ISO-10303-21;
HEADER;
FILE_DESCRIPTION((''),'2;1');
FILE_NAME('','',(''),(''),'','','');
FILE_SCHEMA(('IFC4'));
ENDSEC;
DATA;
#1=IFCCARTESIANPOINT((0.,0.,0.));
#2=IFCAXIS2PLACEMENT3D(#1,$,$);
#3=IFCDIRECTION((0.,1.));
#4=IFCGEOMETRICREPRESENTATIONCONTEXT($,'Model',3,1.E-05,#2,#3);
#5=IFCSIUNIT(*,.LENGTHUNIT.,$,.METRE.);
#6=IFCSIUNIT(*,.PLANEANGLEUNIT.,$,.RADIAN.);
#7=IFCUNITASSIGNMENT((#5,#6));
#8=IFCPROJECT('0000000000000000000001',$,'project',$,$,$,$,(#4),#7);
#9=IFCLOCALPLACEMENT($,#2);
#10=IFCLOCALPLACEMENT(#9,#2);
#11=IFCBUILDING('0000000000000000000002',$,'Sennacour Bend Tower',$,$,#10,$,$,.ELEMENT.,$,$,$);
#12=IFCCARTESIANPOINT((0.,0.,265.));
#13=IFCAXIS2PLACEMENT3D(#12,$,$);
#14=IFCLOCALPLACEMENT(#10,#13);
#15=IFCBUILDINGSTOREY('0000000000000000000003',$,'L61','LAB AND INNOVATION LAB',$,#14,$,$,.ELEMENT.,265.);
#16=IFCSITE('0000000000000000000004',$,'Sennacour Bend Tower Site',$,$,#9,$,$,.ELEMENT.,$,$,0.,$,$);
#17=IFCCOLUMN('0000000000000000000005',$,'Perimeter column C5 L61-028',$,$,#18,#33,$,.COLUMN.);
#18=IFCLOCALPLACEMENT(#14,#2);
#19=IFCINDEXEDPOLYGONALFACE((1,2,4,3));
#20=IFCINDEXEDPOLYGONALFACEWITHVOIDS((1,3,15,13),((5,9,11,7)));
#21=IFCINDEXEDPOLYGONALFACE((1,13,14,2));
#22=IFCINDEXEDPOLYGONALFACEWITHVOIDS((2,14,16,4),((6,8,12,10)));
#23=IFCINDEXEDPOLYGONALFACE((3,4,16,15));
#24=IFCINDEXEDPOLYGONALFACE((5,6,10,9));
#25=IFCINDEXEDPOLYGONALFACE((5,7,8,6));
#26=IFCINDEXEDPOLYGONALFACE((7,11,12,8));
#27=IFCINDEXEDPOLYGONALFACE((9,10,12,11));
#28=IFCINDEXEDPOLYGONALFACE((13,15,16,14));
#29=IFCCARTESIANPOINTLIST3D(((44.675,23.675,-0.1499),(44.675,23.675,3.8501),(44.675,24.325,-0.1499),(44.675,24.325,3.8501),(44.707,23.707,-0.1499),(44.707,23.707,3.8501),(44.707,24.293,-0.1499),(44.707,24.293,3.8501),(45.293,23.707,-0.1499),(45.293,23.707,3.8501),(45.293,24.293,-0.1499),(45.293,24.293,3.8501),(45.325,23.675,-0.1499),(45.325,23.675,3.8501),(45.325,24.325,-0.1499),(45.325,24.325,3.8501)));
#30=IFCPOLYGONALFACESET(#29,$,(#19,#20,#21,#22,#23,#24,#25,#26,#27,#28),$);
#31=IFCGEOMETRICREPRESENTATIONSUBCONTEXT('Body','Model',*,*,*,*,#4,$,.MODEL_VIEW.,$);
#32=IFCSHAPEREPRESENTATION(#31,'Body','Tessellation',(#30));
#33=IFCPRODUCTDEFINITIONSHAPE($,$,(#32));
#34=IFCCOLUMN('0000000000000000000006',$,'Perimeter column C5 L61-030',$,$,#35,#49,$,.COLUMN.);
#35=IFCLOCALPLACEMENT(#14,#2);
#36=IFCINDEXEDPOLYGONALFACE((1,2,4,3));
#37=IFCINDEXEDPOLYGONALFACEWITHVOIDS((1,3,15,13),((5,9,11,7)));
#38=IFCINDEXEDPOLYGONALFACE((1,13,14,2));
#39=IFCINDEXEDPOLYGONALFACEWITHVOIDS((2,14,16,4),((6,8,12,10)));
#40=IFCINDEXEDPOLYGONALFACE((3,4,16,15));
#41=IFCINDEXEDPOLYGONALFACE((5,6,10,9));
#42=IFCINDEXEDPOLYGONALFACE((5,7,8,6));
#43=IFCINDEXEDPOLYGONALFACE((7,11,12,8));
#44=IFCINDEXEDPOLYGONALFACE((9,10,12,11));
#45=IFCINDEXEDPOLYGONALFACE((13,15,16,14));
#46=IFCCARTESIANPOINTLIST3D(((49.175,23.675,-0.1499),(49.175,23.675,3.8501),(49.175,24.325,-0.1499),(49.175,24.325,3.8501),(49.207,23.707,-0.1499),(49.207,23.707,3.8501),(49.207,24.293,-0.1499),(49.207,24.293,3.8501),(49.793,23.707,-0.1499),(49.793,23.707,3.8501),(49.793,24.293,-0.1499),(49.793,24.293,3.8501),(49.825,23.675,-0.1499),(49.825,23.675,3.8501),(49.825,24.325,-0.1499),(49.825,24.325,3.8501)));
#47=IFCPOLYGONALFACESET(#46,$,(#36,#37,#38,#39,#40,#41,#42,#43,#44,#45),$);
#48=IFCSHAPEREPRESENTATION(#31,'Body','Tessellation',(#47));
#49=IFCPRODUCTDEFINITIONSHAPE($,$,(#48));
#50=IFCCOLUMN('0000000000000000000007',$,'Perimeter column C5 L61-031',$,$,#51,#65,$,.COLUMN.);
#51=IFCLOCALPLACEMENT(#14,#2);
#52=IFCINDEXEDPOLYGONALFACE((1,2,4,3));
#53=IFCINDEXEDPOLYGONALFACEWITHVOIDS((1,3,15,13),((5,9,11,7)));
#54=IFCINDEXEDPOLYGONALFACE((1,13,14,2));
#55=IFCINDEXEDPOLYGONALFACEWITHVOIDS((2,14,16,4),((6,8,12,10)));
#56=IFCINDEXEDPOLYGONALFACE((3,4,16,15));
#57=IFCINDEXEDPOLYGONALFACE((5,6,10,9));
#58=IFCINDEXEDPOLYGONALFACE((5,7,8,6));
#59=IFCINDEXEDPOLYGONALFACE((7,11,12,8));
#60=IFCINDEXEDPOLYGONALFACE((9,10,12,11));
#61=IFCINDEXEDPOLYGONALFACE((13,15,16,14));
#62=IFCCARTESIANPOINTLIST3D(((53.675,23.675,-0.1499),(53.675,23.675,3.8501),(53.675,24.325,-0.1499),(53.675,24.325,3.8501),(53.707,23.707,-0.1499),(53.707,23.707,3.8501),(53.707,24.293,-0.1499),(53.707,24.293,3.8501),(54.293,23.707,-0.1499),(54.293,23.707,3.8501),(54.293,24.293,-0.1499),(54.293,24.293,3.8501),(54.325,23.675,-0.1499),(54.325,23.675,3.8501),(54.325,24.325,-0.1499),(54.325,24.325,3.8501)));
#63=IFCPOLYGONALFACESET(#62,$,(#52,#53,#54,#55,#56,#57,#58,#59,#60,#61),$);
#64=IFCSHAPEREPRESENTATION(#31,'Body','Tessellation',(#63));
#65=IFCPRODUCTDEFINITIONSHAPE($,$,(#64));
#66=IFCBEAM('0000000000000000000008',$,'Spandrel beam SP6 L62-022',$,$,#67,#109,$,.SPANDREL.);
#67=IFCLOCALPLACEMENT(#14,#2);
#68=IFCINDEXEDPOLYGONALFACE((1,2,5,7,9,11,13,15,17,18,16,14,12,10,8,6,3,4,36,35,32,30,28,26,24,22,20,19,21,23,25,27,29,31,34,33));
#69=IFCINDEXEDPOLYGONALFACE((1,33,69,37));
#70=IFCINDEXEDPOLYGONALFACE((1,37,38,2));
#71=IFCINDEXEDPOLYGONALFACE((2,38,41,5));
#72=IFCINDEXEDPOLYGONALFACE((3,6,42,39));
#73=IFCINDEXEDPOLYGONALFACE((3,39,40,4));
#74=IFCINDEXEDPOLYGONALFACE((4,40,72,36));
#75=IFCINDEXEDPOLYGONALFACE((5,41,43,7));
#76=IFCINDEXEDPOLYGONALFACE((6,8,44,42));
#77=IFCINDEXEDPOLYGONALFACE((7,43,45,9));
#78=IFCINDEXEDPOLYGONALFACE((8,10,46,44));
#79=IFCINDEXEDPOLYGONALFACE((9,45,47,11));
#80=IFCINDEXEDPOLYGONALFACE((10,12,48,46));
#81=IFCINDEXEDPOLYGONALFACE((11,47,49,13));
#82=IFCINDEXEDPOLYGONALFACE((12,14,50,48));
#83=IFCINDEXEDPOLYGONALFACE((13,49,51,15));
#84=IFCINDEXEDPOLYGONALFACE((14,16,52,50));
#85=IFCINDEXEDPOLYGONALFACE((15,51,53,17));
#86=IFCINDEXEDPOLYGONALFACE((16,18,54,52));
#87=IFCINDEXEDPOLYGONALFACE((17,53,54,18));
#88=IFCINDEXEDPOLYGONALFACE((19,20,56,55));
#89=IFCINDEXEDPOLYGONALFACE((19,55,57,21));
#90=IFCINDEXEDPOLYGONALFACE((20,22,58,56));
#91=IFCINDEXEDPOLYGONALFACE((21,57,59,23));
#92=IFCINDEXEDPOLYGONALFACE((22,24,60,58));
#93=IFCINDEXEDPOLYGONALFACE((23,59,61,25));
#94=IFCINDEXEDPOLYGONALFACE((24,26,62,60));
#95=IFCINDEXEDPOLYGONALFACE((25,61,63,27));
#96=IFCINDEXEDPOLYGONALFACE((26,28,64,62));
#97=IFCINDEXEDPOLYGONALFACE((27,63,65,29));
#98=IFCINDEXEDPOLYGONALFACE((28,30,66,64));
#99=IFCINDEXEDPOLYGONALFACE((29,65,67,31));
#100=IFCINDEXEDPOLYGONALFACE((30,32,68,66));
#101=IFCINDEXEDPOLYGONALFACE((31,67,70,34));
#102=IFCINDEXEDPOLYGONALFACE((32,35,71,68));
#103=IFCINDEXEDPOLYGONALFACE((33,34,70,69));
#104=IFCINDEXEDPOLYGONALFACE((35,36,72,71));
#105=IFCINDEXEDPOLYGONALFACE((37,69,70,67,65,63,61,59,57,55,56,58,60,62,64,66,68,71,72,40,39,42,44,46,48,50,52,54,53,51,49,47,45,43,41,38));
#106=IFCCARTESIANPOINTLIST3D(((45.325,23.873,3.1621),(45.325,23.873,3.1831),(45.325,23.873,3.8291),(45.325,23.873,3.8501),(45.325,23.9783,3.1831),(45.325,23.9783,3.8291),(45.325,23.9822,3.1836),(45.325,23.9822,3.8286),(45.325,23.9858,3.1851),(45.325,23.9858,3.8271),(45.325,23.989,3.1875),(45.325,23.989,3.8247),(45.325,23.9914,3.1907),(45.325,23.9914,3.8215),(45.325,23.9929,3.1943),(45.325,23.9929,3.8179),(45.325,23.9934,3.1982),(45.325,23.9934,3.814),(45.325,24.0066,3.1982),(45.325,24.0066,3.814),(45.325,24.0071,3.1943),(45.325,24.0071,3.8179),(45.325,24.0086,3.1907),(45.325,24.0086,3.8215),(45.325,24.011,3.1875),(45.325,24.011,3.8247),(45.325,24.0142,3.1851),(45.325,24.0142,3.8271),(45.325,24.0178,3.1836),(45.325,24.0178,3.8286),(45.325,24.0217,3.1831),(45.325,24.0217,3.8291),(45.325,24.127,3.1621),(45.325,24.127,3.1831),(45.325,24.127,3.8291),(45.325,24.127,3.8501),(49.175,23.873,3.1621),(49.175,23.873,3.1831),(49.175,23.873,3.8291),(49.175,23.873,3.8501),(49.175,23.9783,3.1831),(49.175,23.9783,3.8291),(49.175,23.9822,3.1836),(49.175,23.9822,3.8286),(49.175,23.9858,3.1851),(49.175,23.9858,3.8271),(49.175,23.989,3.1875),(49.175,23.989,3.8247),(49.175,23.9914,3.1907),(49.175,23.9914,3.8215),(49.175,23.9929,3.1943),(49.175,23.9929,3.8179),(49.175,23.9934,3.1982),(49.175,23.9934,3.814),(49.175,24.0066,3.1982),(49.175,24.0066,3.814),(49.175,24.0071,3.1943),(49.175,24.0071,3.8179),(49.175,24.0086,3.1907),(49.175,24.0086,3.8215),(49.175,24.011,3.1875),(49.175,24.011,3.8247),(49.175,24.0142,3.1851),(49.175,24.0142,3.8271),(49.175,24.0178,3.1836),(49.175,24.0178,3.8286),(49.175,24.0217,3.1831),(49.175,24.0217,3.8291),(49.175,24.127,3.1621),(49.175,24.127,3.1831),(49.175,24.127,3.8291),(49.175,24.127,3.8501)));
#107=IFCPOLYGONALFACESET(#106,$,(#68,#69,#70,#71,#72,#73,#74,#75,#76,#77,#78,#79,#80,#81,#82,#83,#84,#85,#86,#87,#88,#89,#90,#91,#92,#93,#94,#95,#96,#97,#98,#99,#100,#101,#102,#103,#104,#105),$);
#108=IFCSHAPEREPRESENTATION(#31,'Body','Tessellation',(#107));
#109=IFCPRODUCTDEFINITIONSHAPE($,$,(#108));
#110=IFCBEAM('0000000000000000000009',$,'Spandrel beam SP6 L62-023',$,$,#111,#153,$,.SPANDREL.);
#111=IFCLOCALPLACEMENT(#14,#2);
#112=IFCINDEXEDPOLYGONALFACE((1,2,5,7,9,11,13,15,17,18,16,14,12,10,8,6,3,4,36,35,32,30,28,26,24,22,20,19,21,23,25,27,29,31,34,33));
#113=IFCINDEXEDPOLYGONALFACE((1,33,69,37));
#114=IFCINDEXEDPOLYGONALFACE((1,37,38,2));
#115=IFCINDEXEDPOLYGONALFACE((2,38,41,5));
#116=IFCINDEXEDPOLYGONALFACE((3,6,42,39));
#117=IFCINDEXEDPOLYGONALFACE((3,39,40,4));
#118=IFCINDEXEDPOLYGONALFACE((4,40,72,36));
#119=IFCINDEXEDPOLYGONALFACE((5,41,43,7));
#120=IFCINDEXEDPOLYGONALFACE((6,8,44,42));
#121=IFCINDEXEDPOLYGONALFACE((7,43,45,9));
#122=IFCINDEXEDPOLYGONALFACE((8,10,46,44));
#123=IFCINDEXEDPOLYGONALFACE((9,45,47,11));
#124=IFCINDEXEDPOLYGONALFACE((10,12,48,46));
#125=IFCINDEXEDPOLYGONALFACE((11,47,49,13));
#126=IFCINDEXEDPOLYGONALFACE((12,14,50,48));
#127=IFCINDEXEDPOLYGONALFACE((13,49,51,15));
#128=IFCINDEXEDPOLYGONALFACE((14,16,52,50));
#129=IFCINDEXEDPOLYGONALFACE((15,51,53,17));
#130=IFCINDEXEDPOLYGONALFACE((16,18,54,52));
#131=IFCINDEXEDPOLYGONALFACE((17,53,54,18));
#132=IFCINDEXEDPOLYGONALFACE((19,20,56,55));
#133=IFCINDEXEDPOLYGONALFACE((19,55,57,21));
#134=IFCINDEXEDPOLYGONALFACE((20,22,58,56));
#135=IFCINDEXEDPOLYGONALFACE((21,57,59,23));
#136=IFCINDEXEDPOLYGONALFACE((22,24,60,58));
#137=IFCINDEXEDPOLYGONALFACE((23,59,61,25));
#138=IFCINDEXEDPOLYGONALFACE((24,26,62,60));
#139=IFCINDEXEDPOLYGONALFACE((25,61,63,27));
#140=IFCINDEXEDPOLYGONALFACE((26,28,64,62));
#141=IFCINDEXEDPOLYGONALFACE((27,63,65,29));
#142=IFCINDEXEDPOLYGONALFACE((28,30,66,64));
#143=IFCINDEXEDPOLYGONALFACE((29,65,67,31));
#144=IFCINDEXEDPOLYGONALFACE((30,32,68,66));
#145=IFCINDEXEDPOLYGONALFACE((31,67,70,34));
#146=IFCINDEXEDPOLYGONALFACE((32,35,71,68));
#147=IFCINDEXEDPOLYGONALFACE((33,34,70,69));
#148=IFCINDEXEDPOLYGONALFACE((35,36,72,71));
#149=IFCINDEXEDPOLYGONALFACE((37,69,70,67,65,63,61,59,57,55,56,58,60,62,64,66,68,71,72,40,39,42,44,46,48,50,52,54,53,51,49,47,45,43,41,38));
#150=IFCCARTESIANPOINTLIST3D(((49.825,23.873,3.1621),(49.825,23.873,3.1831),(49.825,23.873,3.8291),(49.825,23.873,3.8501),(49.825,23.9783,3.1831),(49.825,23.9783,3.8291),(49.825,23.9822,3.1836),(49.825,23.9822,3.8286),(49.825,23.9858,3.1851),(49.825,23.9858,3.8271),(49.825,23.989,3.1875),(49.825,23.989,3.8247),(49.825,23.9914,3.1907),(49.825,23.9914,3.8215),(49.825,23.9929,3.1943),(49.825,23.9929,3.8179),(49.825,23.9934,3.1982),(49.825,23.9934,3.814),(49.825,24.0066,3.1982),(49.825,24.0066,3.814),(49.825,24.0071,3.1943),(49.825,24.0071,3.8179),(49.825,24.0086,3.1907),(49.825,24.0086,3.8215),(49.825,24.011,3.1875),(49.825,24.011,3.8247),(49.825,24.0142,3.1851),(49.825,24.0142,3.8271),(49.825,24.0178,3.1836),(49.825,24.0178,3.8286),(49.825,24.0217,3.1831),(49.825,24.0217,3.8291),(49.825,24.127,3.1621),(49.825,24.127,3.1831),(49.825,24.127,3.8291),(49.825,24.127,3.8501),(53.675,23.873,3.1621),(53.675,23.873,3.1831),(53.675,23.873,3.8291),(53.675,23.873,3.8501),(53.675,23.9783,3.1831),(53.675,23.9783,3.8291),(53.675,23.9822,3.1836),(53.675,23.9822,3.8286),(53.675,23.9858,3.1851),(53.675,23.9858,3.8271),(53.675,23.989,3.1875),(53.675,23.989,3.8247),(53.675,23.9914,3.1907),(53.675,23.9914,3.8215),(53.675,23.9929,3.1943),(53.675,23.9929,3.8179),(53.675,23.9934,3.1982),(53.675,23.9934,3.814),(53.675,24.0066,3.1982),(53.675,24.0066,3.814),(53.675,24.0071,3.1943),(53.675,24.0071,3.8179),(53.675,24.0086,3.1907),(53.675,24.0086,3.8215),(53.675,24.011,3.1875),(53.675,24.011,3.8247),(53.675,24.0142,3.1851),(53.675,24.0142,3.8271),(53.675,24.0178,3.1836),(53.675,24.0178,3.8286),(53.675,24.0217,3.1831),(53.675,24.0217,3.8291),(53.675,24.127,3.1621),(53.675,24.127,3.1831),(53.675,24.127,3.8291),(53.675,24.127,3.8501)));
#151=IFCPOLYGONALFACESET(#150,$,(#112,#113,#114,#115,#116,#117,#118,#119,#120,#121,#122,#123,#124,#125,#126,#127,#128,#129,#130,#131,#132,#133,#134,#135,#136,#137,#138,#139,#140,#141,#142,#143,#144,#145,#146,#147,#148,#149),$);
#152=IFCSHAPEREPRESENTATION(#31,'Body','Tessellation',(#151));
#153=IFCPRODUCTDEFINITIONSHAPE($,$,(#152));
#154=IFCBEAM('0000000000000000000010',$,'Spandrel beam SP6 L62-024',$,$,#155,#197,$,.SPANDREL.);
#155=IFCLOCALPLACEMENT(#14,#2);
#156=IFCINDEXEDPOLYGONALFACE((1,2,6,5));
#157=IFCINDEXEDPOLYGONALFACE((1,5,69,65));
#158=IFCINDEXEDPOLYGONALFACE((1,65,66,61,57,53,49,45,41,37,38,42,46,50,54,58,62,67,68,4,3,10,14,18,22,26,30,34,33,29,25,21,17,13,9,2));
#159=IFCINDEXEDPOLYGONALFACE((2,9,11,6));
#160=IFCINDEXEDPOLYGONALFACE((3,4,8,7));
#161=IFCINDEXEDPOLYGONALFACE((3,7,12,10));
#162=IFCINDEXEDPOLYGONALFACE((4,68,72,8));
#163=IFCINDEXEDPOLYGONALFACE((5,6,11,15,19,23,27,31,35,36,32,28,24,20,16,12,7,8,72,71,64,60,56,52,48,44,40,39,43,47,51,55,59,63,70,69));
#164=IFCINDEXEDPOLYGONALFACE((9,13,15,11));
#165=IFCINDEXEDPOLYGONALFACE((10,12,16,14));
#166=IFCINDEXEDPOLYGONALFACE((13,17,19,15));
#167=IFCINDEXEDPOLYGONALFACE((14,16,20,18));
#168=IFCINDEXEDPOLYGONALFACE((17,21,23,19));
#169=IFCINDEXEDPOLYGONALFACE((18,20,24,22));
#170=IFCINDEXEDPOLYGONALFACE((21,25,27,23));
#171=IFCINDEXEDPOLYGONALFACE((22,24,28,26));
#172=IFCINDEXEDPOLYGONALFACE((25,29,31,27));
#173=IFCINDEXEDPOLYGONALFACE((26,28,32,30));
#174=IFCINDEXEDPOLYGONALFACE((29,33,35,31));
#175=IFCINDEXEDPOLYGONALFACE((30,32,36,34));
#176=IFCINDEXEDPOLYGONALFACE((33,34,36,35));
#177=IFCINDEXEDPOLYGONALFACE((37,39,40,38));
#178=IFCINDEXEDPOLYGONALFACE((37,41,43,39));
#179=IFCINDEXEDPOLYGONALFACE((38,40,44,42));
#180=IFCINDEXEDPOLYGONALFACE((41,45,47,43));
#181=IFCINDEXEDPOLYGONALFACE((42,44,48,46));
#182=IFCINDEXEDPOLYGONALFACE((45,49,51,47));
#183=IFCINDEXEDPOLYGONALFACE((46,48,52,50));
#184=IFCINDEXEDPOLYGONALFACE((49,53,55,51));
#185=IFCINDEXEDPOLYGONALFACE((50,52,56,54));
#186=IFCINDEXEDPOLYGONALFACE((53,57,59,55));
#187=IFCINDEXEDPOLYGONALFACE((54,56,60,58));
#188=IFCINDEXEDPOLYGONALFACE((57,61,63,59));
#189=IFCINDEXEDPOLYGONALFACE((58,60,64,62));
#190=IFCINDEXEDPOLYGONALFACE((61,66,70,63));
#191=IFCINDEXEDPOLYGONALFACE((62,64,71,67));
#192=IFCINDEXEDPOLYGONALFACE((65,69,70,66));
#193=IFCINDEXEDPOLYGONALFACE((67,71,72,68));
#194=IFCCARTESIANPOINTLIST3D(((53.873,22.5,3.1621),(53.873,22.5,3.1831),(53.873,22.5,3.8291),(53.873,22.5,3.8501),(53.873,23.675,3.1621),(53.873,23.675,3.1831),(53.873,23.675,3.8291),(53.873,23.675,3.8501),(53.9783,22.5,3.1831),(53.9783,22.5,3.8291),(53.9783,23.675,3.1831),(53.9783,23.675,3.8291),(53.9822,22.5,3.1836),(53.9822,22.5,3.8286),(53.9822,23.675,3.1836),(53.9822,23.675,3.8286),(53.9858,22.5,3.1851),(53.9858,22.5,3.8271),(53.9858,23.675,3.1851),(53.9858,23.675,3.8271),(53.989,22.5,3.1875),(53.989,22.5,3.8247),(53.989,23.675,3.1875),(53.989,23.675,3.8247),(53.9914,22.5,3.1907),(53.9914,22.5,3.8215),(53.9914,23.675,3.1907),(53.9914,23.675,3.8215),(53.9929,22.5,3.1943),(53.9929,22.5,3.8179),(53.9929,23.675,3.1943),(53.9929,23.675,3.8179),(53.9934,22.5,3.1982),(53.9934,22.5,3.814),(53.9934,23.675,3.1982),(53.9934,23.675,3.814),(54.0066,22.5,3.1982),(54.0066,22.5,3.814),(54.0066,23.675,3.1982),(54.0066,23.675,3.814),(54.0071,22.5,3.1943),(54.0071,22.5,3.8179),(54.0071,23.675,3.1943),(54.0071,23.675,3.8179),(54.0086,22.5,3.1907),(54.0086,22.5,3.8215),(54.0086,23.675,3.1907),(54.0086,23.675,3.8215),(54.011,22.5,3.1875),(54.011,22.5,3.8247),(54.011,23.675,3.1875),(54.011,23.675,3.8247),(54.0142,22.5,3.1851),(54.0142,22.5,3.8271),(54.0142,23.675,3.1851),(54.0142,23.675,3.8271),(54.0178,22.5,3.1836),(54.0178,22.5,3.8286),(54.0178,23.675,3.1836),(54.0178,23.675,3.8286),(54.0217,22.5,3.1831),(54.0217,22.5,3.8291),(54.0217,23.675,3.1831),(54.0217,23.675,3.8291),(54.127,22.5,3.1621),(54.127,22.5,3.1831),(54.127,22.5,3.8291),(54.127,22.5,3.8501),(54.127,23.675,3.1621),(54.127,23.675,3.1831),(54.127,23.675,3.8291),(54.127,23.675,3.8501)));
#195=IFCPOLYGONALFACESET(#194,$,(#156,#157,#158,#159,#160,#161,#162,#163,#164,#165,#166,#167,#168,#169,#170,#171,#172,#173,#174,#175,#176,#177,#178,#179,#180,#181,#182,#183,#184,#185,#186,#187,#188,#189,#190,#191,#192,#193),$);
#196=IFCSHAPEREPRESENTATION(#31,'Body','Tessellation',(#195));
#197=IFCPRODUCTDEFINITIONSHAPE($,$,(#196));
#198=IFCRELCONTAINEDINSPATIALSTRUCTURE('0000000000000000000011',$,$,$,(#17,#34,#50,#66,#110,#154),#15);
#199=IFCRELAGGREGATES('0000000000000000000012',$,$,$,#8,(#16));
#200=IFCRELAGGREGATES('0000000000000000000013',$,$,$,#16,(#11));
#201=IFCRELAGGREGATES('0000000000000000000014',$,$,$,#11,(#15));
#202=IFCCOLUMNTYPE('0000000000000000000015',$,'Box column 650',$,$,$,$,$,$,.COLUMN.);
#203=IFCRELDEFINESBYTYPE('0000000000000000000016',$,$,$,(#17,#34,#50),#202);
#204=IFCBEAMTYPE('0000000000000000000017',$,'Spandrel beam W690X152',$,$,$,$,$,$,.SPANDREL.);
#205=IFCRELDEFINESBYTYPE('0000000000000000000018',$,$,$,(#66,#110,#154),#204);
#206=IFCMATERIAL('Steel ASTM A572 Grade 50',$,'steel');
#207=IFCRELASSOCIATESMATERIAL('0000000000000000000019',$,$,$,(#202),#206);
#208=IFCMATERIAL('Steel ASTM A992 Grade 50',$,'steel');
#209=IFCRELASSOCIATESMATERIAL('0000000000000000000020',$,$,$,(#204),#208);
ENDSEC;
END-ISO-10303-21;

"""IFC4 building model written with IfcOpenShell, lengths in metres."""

from ifc_helpers import new_model, si_unit, direction, frame, origin, origin_2d, place, context, subcontext, project, spatial, hollow_rectangle, i_section, extrude, material, material_profile, profile_set, type_object, element, save


model = new_model("IFC4")

# Units and contexts
model_context = context("Model", 3, precision=1e-05, world=origin(), true_north=direction((0.0, 1.0)))
body_context = subcontext(model_context, "Body", "Model", "MODEL_VIEW")
ifc_project = project(units=[si_unit("LENGTHUNIT", "METRE"), si_unit("PLANEANGLEUNIT", "RADIAN")], contexts=[model_context])

# Site, building, storey
site_placement = place(None, origin())
site = spatial("IfcSite", under=ifc_project, at=site_placement, Name="Sennacour Bend Tower Site", CompositionType="ELEMENT", RefElevation=0.0)
building_placement = place(site_placement, origin())
building = spatial("IfcBuilding", under=site, at=building_placement, Name="Sennacour Bend Tower", CompositionType="ELEMENT")
storey_placement = place(building_placement, frame((0.0, 0.0, 265.0)))
storey = spatial("IfcBuildingStorey", under=building, at=storey_placement, Name="L61", Description="LAB AND INNOVATION LAB", CompositionType="ELEMENT", Elevation=265.0)

# Columns
ifc_material_1 = material(Name="Steel ASTM A572 Grade 50", Category="steel")
ifc_material_profile_1 = material_profile(ifc_material_1, hollow_rectangle(XDim=0.6499, YDim=0.6499, WallThickness=0.032, at=origin_2d()), Name="Steel ASTM A572 Grade 50", Category="steel")
ifc_profile_set_1 = profile_set([ifc_material_profile_1], Name="Steel ASTM A572 Grade 50")
column_type = type_object("IfcColumnType", Name="Box column 650", PredefinedType="COLUMN", material=ifc_profile_set_1)
for number, where, z_axis, x_axis, name in (
    (1, (45.0, 24.0, -0.1499), (0.0, 0.0, 1.0), (1.0, 0.0, 0.0), "Perimeter column C5 L61-028"),
    (2, (49.5, 24.0, -0.1499), (0.0, 0.0, 1.0), (1.0, 0.0, 0.0), "Perimeter column C5 L61-030"),
    (3, (54.0, 24.0, -0.1499), (0.0, 0.0, 1.0), (1.0, 0.0, 0.0), "Perimeter column C5 L61-031"),
):
    element("IfcColumn", number, at=place(storey_placement, frame(where, z_axis=z_axis, x_axis=x_axis)), inside=storey, type_object=column_type, Name=name, PredefinedType="COLUMN", context=body_context, shape_type="SweptSolid", body=[
        extrude(hollow_rectangle(XDim=0.6499, YDim=0.6499, WallThickness=0.032, at=origin_2d()), origin(), (0.0, 0.0, 1.0), 4.0),
    ])

# Beams
ifc_material_2 = material(Name="Steel ASTM A992 Grade 50", Category="steel")
ifc_material_profile_2 = material_profile(ifc_material_2, i_section(OverallWidth=0.2539, OverallDepth=0.688, WebThickness=0.0132, FlangeThickness=0.021, FilletRadius=0.0151, at=origin_2d()), Name="Steel ASTM A992 Grade 50", Category="steel")
ifc_profile_set_2 = profile_set([ifc_material_profile_2], Name="Steel ASTM A992 Grade 50")
beam_type = type_object("IfcBeamType", Name="Spandrel beam W690X152", PredefinedType="SPANDREL", material=ifc_profile_set_2)
for number, where, z_axis, x_axis, name in (
    (4, (45.325, 24.0, 3.5061), (1.0, 0.0, 0.0), (0.0, 1.0, 0.0), "Spandrel beam SP6 L62-022"),
    (5, (49.825, 24.0, 3.5061), (1.0, 0.0, 0.0), (0.0, 1.0, 0.0), "Spandrel beam SP6 L62-023"),
):
    element("IfcBeam", number, at=place(storey_placement, frame(where, z_axis=z_axis, x_axis=x_axis)), inside=storey, type_object=beam_type, Name=name, PredefinedType="SPANDREL", context=body_context, shape_type="SweptSolid", body=[
        extrude(i_section(OverallWidth=0.2539, OverallDepth=0.688, WebThickness=0.0132, FlangeThickness=0.021, FilletRadius=0.0151, at=origin_2d()), origin(), (0.0, 0.0, 1.0), 3.8501),
    ])
beam_placement = place(storey_placement, frame((54.0, 23.675, 3.5061), z_axis=(0.0, -1.0, 0.0), x_axis=(1.0, 0.0, 0.0)))
element("IfcBeam", 6, at=beam_placement, inside=storey, type_object=beam_type, Name="Spandrel beam SP6 L62-024", PredefinedType="SPANDREL", context=body_context, shape_type="SweptSolid", body=[
    extrude(i_section(OverallWidth=0.2539, OverallDepth=0.688, WebThickness=0.0132, FlangeThickness=0.021, FilletRadius=0.0151, at=origin_2d()), origin(), (0.0, 0.0, 1.0), 1.175),
])

save(model, "model.ifc")
